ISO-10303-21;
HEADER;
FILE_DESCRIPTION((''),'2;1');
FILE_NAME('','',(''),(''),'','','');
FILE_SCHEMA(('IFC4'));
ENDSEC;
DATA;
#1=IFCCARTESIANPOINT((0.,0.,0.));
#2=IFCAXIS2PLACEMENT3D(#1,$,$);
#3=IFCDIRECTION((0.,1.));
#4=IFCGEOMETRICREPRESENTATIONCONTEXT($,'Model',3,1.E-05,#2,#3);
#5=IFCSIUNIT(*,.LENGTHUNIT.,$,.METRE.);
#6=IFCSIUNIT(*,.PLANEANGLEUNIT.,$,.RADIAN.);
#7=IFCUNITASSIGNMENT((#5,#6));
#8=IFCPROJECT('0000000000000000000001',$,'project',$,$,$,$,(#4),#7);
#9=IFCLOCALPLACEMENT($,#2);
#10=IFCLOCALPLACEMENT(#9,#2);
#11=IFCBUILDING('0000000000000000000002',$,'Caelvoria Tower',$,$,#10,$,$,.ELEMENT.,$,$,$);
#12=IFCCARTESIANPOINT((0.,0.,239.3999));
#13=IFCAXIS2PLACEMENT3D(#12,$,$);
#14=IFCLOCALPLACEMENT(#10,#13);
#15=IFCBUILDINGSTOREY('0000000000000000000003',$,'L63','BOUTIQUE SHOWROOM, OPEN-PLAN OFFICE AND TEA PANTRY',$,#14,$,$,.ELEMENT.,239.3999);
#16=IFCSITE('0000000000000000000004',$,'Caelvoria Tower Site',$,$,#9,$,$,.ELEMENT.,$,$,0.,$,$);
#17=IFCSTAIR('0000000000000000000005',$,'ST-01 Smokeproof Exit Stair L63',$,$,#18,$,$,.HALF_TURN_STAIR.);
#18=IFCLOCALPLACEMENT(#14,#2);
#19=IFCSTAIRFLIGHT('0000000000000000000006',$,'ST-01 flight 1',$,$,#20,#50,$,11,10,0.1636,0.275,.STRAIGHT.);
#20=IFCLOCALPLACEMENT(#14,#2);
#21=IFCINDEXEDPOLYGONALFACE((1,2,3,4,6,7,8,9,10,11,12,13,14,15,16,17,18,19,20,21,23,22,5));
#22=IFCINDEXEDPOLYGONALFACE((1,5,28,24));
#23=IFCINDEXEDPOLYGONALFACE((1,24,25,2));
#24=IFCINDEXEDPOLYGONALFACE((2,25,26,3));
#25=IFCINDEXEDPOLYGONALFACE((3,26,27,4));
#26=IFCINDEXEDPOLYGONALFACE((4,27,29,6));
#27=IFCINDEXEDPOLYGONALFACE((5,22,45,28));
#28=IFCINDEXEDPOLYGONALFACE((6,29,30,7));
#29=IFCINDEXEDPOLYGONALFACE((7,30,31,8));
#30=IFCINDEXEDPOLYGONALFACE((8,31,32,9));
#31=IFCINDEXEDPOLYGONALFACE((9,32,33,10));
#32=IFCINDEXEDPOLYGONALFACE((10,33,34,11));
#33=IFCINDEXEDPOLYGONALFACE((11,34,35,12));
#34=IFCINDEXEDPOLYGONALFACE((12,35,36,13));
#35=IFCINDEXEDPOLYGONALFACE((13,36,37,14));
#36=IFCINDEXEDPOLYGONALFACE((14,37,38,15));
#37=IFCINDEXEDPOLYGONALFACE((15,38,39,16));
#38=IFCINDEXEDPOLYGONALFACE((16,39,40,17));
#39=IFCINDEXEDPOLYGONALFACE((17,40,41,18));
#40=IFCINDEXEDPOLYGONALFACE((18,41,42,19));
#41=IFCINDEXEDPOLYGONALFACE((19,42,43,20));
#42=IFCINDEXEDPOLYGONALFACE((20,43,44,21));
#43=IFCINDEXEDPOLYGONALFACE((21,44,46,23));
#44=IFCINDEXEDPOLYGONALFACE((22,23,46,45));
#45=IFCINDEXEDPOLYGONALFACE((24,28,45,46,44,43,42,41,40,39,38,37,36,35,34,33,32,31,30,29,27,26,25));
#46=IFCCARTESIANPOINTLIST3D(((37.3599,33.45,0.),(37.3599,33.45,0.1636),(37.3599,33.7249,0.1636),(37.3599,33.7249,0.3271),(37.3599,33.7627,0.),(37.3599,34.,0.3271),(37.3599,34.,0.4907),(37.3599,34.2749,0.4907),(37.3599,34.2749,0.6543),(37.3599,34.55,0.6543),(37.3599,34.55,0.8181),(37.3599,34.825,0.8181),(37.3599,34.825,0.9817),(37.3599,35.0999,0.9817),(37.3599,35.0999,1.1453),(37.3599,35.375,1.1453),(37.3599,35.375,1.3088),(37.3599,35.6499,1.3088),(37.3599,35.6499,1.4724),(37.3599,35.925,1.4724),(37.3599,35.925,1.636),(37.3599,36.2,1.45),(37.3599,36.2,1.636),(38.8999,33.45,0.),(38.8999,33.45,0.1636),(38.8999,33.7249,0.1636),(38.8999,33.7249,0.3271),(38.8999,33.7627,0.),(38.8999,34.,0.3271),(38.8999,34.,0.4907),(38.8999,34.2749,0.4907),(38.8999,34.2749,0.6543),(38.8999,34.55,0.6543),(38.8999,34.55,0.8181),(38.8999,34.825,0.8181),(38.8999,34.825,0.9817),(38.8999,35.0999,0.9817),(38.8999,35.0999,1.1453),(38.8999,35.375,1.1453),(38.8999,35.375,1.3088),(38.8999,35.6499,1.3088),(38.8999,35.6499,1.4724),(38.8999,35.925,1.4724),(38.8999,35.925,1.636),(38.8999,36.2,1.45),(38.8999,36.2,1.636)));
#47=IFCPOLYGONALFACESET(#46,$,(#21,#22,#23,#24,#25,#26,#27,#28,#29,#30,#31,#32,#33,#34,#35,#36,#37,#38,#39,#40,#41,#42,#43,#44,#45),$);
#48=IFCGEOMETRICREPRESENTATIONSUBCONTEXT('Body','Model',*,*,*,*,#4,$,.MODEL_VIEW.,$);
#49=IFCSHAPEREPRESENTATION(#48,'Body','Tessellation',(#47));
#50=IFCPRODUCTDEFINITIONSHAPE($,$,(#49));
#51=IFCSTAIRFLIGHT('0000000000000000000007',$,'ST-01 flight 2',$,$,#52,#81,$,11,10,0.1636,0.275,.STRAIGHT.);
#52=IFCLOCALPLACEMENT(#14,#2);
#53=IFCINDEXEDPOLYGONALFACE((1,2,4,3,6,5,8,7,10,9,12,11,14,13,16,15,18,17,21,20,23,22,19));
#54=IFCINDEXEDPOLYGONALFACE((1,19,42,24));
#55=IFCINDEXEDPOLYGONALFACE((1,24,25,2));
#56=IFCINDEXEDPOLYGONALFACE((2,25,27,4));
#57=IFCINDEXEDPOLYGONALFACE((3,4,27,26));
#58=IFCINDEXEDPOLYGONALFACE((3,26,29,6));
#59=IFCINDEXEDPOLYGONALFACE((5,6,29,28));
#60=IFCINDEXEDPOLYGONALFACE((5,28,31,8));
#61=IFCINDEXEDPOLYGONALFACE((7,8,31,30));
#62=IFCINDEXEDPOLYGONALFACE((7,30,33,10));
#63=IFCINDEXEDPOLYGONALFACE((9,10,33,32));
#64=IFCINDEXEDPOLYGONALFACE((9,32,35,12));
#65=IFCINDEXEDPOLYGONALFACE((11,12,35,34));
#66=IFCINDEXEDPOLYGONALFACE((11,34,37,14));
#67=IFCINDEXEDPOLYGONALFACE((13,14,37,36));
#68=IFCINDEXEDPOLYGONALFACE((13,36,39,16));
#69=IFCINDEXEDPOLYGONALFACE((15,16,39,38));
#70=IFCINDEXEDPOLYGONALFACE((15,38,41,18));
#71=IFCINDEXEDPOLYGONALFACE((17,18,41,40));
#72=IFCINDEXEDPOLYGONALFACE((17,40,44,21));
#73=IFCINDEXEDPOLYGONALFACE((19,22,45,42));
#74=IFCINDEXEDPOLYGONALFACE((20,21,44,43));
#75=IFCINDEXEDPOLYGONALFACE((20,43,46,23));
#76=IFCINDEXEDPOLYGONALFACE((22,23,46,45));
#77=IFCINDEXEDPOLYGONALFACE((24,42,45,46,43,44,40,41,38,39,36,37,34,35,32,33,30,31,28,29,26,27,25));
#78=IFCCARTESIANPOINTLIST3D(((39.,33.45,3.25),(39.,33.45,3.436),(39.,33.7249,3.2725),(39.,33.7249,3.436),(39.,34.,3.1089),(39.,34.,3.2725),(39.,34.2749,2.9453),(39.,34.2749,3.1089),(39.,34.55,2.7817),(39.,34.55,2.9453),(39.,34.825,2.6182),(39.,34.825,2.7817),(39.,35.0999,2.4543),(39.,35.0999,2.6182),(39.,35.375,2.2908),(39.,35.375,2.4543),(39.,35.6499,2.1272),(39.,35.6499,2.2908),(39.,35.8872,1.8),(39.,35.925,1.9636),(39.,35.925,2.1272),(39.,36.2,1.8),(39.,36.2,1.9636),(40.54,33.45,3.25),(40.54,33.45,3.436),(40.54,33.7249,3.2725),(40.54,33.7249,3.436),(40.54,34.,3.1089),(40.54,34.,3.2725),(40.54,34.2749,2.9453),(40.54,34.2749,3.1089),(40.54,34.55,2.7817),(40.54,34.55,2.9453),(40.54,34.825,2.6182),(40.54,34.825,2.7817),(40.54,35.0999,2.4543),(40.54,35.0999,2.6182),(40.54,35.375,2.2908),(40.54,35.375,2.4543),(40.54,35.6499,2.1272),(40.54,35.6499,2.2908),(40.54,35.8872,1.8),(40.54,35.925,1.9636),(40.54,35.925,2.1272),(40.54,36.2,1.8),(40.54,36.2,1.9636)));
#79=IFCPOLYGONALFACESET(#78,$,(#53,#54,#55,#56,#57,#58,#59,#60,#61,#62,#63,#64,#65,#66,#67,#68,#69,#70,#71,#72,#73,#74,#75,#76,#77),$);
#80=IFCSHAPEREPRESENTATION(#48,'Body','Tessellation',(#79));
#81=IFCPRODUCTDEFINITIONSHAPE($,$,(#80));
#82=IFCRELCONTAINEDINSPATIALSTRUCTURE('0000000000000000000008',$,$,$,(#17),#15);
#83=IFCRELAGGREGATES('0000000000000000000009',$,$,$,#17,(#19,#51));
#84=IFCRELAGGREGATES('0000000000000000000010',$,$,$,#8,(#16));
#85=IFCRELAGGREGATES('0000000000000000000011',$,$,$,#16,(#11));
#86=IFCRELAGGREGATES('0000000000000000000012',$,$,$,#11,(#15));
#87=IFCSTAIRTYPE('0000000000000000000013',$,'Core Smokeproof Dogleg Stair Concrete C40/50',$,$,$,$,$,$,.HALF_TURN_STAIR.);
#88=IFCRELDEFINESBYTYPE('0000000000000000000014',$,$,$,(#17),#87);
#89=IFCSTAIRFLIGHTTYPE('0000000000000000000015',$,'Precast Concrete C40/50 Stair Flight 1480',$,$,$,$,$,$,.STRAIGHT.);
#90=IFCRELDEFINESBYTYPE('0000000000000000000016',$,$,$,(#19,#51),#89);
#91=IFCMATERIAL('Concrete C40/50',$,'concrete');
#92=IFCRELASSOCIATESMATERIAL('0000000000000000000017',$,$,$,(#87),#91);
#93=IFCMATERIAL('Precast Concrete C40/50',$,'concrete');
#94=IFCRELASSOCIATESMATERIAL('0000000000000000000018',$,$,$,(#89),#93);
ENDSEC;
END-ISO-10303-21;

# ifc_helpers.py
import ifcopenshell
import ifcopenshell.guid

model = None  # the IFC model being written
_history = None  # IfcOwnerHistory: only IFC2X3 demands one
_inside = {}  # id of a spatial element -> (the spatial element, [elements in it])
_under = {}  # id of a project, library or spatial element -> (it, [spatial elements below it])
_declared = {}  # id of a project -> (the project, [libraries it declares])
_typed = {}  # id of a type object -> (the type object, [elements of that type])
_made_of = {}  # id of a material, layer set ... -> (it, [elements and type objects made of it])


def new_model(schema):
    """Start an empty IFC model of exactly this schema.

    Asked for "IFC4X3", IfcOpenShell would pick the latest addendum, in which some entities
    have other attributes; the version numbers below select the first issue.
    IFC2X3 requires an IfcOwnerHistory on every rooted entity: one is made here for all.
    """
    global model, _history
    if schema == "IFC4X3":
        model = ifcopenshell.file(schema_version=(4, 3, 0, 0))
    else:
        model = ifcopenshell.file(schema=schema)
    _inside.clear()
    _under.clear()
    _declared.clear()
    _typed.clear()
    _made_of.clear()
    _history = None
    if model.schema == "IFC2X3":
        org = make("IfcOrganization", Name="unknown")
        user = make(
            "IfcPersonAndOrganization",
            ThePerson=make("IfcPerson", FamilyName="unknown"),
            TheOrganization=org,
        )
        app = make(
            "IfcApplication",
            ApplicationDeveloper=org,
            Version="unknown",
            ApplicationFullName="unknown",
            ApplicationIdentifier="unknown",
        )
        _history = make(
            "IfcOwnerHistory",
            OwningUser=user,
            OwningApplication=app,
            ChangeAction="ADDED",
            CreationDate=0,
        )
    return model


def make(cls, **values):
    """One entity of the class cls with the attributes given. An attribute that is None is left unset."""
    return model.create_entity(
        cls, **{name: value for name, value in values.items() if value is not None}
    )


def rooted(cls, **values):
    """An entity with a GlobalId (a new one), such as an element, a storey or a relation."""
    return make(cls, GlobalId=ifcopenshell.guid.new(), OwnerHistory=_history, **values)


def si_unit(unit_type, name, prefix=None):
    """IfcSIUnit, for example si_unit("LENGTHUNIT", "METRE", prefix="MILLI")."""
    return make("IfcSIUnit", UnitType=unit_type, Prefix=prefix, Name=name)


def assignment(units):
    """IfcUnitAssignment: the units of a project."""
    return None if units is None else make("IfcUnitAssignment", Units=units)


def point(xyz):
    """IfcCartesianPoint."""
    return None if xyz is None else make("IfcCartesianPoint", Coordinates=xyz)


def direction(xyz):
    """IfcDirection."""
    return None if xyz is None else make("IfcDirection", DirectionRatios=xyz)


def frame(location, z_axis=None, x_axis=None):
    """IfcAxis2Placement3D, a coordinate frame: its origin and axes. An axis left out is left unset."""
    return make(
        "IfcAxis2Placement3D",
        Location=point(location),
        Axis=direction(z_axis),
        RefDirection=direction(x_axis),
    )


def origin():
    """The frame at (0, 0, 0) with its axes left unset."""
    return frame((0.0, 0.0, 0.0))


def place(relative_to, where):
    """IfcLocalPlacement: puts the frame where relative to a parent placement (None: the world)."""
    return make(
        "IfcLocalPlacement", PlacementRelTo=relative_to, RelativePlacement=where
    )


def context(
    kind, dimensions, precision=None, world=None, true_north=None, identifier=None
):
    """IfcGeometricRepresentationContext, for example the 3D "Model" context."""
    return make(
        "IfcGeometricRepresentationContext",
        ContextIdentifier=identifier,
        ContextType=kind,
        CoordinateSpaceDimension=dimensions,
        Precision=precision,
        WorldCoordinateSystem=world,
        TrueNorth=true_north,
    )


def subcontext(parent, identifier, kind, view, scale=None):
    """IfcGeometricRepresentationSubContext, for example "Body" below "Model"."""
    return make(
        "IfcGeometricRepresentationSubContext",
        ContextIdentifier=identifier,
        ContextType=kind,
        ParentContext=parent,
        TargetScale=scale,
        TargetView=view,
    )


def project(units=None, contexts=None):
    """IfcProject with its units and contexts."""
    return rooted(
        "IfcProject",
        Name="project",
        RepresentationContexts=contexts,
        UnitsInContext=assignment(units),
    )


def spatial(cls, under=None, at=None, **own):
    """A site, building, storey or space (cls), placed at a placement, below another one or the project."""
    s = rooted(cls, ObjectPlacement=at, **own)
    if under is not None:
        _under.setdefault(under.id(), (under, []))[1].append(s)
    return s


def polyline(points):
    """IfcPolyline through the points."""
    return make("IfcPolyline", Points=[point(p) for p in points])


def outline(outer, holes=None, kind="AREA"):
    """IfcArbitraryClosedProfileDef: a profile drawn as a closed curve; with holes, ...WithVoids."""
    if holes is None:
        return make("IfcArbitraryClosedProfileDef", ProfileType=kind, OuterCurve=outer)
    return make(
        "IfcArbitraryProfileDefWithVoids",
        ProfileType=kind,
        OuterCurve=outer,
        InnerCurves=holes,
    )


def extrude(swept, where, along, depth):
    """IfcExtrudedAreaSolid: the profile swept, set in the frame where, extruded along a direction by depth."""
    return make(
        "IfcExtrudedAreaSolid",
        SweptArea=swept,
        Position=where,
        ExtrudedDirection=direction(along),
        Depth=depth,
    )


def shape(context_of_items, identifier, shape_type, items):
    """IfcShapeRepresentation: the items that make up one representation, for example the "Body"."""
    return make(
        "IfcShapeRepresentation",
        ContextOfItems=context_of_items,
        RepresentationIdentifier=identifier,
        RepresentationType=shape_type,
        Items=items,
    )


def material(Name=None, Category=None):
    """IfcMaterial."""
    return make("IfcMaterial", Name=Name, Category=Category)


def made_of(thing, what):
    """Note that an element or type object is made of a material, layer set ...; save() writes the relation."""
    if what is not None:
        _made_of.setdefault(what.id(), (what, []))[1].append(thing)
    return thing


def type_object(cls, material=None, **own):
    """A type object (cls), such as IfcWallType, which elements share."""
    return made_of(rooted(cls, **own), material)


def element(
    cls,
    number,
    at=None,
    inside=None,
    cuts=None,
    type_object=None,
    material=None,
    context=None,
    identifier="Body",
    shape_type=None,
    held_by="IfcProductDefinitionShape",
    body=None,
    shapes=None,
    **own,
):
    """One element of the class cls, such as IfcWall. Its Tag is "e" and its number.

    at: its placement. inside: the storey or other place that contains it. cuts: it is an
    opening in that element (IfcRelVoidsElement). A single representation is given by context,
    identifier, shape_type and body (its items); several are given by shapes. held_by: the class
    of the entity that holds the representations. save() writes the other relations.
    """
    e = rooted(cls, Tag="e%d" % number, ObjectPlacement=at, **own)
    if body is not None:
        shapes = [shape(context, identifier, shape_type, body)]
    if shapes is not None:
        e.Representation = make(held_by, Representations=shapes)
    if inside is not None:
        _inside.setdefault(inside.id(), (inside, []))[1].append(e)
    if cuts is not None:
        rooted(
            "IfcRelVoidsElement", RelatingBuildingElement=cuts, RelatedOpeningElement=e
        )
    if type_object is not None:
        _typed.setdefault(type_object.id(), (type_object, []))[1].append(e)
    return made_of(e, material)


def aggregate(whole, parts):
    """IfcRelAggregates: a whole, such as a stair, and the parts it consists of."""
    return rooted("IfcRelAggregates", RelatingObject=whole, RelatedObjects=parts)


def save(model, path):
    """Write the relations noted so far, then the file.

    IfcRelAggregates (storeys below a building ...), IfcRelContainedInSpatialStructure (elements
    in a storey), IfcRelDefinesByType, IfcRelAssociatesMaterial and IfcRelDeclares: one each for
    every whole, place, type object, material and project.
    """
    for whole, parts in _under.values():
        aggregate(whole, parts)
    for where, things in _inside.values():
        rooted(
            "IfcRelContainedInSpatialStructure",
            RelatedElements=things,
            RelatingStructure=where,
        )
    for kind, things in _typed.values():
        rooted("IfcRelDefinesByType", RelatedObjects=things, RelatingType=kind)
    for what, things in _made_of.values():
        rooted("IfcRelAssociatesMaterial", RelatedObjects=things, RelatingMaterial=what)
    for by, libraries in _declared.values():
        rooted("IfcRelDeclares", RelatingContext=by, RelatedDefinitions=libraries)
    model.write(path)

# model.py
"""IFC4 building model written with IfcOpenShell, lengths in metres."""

from ifc_helpers import new_model, si_unit, direction, frame, origin, place, context, subcontext, project, spatial, polyline, outline, extrude, material, type_object, element, aggregate, save


model = new_model("IFC4")

# Units and contexts
model_context = context("Model", 3, precision=1e-05, world=origin(), true_north=direction((0.0, 1.0)))
body_context = subcontext(model_context, "Body", "Model", "MODEL_VIEW")
ifc_project = project(units=[si_unit("LENGTHUNIT", "METRE"), si_unit("PLANEANGLEUNIT", "RADIAN")], contexts=[model_context])

# Site, building, storey
site_placement = place(None, origin())
site = spatial("IfcSite", under=ifc_project, at=site_placement, Name="Caelvoria Tower Site", CompositionType="ELEMENT", RefElevation=0.0)
building_placement = place(site_placement, origin())
building = spatial("IfcBuilding", under=site, at=building_placement, Name="Caelvoria Tower", CompositionType="ELEMENT")
storey_placement = place(building_placement, frame((0.0, 0.0, 239.3999)))
storey = spatial("IfcBuildingStorey", under=building, at=storey_placement, Name="L63", Description="BOUTIQUE SHOWROOM, OPEN-PLAN OFFICE AND TEA PANTRY", CompositionType="ELEMENT", Elevation=239.3999)

# Stair, stair flights
ifc_material_1 = material(Name="Concrete C40/50", Category="concrete")
stair_type = type_object("IfcStairType", Name="Core Smokeproof Dogleg Stair Concrete C40/50", PredefinedType="HALF_TURN_STAIR", material=ifc_material_1)
stair_placement = place(storey_placement, origin())
stair = element("IfcStair", 1, at=stair_placement, inside=storey, type_object=stair_type, Name="ST-01 Smokeproof Exit Stair L63", PredefinedType="HALF_TURN_STAIR")
ifc_material_2 = material(Name="Precast Concrete C40/50", Category="concrete")
stair_flight_type = type_object("IfcStairFlightType", Name="Precast Concrete C40/50 Stair Flight 1480", PredefinedType="STRAIGHT", material=ifc_material_2)
stair_flight_1_placement = place(storey_placement, frame((38.1299, 33.45, 0.0), z_axis=(0.0, 0.0, 1.0), x_axis=(0.0, 1.0, 0.0)))
stair_flight_1 = element("IfcStairFlight", 2, at=stair_flight_1_placement, type_object=stair_flight_type, Name="ST-01 flight 1", NumberOfRisers=11, NumberOfTreads=10, PredefinedType="STRAIGHT", RiserHeight=0.1636, TreadLength=0.275, context=body_context, shape_type="SweptSolid", body=[
    extrude(outline(polyline([(0.0, 0.0), (0.0, 0.1636), (0.2749, 0.1636), (0.2749, 0.3271), (0.55, 0.3271), (0.55, 0.4907), (0.825, 0.4907), (0.825, 0.6543), (1.1001, 0.6543), (1.1001, 0.8181), (1.375, 0.8181), (1.375, 0.9817), (1.6499, 0.9817), (1.6499, 1.1453), (1.925, 1.1453), (1.925, 1.3088), (2.2, 1.3088), (2.2, 1.4724), (2.4751, 1.4724), (2.4751, 1.636), (2.75, 1.636), (2.75, 1.7996), (2.75, 1.45), (0.3127, 0.0), (0.0, 0.0)])), frame((0.0, 0.77, 0.0), z_axis=(0.0, -1.0, 0.0), x_axis=(1.0, 0.0, 0.0)), (0.0, 0.0, 1.0), 1.54),
])
stair_flight_2_placement = place(storey_placement, frame((39.77, 36.2, 1.8), z_axis=(0.0, 0.0, 1.0), x_axis=(0.0, -1.0, 0.0)))
stair_flight_2 = element("IfcStairFlight", 3, at=stair_flight_2_placement, type_object=stair_flight_type, Name="ST-01 flight 2", NumberOfRisers=11, NumberOfTreads=10, PredefinedType="STRAIGHT", RiserHeight=0.1636, TreadLength=0.275, context=body_context, shape_type="SweptSolid", body=[
    extrude(outline(polyline([(0.0, 0.0), (0.0, 0.1636), (0.2749, 0.1636), (0.2749, 0.3271), (0.55, 0.3271), (0.55, 0.4907), (0.825, 0.4907), (0.825, 0.6543), (1.1001, 0.6543), (1.1001, 0.8181), (1.375, 0.8181), (1.375, 0.9817), (1.6499, 0.9817), (1.6499, 1.1453), (1.925, 1.1453), (1.925, 1.3088), (2.2, 1.3088), (2.2, 1.4724), (2.4751, 1.4724), (2.4751, 1.636), (2.75, 1.636), (2.75, 1.7996), (2.75, 1.45), (0.3127, 0.0), (0.0, 0.0)])), frame((0.0, 0.77, 0.0), z_axis=(0.0, -1.0, 0.0), x_axis=(1.0, 0.0, 0.0)), (0.0, 0.0, 1.0), 1.54),
])
aggregate(stair, [stair_flight_1, stair_flight_2])

save(model, "model.ifc")
